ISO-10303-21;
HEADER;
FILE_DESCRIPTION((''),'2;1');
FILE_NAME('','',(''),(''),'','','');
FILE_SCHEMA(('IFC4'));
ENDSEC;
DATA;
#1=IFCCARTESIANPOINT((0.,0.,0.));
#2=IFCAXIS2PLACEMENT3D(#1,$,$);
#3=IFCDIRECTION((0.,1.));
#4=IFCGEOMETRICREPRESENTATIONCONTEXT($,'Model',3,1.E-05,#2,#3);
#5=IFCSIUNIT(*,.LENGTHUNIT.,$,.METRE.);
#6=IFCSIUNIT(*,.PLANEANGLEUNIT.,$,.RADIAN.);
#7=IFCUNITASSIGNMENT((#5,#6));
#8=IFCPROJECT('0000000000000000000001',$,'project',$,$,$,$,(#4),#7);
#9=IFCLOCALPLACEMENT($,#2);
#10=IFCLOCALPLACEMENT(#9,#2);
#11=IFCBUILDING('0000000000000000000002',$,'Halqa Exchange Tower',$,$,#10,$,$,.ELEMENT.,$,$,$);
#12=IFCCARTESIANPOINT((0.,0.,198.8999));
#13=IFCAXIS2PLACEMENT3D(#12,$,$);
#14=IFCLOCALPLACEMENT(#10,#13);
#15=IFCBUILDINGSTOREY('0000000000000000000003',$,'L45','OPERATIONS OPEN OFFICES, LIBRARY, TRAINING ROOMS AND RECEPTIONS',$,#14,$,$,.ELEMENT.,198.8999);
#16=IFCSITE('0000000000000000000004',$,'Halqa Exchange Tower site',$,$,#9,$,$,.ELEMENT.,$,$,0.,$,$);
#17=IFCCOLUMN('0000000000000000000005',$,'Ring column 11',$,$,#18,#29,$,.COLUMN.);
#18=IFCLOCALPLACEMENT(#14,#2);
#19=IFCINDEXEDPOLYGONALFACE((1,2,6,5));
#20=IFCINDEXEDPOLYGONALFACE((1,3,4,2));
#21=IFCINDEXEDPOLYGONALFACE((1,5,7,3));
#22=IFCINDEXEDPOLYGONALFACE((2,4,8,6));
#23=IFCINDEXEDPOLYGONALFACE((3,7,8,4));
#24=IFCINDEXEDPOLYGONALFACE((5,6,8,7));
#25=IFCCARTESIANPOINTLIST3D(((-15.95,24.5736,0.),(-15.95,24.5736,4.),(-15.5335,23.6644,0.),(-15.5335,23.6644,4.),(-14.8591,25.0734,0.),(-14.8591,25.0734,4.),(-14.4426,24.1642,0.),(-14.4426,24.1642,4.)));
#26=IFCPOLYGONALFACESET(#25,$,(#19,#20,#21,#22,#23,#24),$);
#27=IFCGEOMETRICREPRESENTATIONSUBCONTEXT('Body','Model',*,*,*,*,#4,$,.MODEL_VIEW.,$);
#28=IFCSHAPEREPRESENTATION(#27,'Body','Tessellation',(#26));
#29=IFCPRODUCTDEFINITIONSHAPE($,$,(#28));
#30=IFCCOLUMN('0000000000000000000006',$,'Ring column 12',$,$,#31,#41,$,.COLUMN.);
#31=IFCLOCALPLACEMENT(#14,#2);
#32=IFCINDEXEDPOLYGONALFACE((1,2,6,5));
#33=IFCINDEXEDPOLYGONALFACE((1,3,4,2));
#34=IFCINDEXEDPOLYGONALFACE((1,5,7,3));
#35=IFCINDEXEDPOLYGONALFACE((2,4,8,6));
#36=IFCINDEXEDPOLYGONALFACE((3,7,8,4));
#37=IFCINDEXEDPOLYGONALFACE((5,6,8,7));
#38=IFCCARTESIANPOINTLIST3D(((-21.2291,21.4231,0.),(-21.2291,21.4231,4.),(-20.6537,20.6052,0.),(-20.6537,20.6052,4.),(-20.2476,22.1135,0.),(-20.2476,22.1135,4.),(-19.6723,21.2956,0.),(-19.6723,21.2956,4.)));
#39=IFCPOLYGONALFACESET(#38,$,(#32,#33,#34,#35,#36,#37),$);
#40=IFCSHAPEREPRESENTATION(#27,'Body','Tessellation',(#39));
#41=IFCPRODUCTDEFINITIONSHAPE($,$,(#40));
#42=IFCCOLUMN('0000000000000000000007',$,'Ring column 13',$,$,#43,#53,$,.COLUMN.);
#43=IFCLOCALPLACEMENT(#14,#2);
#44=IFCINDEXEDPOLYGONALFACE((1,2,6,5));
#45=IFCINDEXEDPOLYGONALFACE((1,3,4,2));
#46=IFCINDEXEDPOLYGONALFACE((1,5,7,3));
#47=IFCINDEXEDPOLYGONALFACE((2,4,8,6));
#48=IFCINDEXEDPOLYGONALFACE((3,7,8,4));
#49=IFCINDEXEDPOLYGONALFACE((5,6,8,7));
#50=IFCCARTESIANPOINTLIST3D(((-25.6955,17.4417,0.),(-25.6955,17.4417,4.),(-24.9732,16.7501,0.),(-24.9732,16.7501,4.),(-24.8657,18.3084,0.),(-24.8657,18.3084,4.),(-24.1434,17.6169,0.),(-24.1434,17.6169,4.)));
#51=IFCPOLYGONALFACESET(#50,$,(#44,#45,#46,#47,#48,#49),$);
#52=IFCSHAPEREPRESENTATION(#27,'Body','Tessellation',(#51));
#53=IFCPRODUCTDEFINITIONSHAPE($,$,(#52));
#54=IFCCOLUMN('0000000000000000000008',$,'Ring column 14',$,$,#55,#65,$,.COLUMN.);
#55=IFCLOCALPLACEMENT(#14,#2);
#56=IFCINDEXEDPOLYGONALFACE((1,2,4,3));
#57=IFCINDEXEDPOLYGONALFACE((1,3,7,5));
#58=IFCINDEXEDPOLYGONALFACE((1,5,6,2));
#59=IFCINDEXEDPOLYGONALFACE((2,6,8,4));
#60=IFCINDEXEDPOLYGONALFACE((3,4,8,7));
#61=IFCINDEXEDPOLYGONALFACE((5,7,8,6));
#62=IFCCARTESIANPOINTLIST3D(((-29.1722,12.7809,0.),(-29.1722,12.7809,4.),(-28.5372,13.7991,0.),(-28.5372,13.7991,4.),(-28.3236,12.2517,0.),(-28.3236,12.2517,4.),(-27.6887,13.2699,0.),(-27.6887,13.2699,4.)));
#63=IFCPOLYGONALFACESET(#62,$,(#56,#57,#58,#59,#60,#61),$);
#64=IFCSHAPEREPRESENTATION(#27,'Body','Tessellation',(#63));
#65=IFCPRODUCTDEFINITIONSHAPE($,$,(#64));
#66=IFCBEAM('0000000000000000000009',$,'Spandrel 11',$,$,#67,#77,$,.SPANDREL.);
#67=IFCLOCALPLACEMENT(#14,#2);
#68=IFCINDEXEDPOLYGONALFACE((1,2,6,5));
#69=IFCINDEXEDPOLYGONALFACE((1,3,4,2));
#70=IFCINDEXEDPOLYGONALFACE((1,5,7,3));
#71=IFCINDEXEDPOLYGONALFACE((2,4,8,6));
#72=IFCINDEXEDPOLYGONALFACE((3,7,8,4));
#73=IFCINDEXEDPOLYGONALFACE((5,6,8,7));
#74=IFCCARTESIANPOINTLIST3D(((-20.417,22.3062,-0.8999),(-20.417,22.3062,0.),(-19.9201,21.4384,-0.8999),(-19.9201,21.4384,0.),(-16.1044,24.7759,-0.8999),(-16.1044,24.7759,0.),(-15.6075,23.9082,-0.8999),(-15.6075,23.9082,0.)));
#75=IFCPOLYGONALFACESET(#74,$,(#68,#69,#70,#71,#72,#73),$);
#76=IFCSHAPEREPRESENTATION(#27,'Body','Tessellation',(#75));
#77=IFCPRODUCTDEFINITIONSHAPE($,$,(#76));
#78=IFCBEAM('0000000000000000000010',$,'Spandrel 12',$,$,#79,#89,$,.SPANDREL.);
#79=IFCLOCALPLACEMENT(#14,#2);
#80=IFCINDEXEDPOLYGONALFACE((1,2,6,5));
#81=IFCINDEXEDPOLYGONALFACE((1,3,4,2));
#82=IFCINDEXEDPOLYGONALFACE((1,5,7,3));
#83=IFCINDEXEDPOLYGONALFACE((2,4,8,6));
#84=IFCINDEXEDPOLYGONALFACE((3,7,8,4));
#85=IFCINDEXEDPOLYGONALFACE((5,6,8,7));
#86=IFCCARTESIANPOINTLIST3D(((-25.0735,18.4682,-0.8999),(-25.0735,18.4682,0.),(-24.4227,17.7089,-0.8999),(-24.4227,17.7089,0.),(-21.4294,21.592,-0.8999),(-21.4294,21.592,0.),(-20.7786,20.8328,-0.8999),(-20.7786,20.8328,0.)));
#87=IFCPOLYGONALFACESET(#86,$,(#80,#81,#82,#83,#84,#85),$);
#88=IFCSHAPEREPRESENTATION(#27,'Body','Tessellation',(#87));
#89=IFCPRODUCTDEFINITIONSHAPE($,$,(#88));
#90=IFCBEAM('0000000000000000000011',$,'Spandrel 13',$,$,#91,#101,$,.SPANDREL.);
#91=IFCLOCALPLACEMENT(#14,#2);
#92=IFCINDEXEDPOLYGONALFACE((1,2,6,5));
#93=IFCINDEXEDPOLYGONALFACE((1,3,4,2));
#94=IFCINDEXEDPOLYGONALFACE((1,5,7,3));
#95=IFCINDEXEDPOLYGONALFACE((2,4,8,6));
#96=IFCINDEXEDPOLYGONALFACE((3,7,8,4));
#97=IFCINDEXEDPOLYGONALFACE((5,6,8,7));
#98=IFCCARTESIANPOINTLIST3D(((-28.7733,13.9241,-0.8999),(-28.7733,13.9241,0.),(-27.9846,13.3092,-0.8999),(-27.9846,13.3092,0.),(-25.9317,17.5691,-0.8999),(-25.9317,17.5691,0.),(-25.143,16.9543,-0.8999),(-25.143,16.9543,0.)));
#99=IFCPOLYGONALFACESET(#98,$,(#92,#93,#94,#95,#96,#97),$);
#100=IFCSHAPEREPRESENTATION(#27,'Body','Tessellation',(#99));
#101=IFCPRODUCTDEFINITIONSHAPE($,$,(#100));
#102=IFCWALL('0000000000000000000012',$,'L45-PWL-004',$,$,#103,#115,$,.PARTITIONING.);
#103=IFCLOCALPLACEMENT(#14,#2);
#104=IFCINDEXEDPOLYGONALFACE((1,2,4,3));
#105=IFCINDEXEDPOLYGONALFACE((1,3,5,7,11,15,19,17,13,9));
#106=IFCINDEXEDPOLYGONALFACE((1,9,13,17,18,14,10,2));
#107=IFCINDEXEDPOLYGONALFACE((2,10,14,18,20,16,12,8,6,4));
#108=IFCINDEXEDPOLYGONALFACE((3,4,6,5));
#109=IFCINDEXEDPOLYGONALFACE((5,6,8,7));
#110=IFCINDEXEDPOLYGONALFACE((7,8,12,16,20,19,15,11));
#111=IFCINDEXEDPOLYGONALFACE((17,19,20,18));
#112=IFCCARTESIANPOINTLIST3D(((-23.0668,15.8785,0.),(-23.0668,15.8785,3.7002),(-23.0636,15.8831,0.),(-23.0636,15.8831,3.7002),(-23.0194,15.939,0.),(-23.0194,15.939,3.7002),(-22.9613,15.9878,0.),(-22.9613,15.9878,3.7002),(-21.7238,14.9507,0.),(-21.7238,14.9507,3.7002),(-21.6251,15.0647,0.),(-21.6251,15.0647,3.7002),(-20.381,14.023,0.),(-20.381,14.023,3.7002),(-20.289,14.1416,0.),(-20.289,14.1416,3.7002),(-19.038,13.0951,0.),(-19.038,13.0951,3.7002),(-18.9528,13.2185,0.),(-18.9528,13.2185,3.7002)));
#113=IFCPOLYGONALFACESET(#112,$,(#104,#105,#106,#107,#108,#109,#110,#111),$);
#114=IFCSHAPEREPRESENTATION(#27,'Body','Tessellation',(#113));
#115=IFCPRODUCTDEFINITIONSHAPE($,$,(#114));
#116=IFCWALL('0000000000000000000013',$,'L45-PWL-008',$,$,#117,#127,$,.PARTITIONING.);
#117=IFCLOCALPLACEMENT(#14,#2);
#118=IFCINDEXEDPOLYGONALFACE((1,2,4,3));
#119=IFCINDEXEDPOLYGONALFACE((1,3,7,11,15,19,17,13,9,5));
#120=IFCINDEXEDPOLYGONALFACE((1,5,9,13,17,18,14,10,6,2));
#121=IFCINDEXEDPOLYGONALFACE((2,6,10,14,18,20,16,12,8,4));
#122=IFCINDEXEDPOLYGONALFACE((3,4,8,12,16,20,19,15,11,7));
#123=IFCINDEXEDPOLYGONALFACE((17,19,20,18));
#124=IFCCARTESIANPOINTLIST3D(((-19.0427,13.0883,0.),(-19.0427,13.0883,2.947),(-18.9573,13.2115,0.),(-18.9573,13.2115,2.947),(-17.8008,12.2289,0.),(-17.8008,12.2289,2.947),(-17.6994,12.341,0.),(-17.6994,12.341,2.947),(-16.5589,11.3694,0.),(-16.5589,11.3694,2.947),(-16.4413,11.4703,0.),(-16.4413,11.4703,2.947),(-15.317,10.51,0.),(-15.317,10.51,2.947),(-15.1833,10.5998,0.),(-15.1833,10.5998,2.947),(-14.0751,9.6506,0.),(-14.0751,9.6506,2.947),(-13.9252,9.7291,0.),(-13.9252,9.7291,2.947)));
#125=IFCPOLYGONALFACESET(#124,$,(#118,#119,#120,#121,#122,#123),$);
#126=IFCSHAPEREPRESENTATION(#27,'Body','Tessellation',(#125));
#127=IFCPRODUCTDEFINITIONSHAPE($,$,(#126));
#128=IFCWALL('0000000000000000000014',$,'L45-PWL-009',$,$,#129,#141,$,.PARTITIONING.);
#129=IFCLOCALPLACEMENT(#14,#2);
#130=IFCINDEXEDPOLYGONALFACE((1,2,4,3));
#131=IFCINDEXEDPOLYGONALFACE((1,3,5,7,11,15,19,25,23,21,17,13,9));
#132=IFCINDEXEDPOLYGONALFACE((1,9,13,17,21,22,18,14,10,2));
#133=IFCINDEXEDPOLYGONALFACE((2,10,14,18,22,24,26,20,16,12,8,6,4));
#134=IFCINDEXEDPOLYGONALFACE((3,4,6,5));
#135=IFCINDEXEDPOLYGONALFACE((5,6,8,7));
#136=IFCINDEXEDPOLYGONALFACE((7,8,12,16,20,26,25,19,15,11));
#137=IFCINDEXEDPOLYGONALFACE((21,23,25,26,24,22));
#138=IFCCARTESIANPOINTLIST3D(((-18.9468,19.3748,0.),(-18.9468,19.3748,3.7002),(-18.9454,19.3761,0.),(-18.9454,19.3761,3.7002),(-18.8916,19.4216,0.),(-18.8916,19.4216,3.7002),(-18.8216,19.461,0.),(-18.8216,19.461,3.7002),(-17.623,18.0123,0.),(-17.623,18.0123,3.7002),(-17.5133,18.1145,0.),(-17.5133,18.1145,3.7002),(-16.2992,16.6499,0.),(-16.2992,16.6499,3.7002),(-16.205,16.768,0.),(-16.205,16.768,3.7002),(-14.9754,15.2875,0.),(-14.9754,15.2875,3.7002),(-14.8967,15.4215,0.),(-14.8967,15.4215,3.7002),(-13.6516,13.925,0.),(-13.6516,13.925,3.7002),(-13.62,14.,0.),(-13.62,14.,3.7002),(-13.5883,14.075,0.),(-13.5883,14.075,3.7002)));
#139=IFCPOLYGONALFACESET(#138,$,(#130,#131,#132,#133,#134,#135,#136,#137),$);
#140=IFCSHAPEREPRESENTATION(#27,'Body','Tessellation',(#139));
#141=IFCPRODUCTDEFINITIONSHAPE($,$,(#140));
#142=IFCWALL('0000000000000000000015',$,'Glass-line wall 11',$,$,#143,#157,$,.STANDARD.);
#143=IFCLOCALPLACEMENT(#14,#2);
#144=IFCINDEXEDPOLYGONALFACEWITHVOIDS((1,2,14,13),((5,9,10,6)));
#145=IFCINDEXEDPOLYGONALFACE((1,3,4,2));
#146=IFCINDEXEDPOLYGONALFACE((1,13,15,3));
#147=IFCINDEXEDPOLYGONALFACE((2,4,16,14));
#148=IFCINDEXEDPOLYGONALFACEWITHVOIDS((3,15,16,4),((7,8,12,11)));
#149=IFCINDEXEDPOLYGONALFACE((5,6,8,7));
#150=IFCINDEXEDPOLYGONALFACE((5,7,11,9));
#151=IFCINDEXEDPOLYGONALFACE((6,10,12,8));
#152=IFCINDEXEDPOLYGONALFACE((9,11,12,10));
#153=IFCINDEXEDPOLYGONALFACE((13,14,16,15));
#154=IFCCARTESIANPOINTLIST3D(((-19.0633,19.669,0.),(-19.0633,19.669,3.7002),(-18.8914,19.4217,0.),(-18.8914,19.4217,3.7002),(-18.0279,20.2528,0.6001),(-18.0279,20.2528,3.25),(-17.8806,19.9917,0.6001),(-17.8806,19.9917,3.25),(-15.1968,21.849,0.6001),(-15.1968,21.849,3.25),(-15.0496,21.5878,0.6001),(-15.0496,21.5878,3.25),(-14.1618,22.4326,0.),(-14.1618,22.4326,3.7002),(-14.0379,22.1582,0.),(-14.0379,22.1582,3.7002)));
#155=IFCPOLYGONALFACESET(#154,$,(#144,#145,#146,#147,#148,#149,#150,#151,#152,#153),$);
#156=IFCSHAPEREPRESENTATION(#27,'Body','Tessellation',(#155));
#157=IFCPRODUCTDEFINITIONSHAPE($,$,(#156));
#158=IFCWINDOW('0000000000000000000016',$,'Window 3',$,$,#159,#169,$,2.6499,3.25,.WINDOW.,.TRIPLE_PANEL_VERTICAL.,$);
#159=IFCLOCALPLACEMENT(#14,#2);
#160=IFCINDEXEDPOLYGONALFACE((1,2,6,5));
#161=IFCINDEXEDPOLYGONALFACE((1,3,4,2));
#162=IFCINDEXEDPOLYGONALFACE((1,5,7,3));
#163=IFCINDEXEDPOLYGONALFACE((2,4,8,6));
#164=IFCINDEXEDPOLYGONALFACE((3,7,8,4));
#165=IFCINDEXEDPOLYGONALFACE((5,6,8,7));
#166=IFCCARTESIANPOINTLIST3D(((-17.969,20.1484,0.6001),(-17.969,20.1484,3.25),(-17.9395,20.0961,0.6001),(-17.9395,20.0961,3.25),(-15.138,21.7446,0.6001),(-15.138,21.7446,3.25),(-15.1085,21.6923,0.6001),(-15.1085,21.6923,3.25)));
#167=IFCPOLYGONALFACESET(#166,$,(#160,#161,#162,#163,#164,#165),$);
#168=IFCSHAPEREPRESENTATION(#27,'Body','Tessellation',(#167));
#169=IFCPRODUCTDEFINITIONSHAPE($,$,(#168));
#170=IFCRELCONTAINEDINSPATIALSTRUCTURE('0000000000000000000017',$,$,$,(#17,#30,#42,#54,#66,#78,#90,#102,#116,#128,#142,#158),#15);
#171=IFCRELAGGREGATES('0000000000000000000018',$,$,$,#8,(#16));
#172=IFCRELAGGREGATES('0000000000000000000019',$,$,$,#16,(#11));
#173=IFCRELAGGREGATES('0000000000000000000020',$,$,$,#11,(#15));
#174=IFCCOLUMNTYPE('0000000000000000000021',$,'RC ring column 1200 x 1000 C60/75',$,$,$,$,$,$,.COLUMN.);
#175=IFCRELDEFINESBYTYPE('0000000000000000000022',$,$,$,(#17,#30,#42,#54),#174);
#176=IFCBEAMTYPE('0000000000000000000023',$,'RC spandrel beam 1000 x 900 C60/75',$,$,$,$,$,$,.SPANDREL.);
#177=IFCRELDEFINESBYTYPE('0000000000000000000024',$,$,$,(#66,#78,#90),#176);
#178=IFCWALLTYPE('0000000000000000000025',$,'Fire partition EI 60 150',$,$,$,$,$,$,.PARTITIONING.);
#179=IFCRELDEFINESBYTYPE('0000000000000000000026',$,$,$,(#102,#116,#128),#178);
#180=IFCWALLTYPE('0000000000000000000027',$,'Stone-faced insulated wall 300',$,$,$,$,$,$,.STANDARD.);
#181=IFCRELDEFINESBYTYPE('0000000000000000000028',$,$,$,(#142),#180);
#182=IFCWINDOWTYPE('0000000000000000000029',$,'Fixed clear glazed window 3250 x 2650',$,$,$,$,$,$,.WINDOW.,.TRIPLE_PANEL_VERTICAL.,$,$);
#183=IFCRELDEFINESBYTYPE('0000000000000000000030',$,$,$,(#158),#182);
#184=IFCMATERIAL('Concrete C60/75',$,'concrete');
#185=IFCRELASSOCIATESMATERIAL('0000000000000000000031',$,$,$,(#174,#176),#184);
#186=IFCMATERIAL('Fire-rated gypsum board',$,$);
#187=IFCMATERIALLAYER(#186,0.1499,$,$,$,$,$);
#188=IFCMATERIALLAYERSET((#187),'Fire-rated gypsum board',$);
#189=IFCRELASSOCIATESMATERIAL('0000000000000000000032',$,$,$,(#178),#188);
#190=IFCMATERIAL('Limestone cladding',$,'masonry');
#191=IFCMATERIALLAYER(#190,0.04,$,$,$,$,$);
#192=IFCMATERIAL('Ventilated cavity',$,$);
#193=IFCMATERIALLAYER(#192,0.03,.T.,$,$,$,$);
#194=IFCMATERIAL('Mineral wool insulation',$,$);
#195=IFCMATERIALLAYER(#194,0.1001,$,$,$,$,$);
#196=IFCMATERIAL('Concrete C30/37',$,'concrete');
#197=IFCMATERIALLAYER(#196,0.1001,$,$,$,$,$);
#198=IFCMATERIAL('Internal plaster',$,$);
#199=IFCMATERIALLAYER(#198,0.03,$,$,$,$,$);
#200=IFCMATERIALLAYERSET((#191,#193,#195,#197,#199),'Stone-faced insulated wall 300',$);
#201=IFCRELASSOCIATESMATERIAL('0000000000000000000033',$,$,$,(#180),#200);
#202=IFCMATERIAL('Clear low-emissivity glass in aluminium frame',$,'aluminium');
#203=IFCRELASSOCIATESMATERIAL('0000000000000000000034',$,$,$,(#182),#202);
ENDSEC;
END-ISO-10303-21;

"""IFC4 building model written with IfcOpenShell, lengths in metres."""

from ifc_helpers import new_model, si_unit, direction, frame, frame_2d, origin, origin_2d, place, context, subcontext, project, spatial, polyline, rectangle, outline, extrude, material, layer, layer_set, material_profile, profile_set, type_object, element, fill, save


model = new_model("IFC4")

# Units and contexts
model_context = context("Model", 3, precision=1e-05, world=origin(), true_north=direction((0.0, 1.0)))
body_context = subcontext(model_context, "Body", "Model", "MODEL_VIEW")
ifc_project = project(units=[si_unit("LENGTHUNIT", "METRE"), si_unit("PLANEANGLEUNIT", "RADIAN")], contexts=[model_context])

# Site, building, storey
site_placement = place(None, origin())
site = spatial("IfcSite", under=ifc_project, at=site_placement, Name="Halqa Exchange Tower site", CompositionType="ELEMENT", RefElevation=0.0)
building_placement = place(site_placement, origin())
building = spatial("IfcBuilding", under=site, at=building_placement, Name="Halqa Exchange Tower", CompositionType="ELEMENT")
storey_placement = place(building_placement, frame((0.0, 0.0, 198.8999)))
storey = spatial("IfcBuildingStorey", under=building, at=storey_placement, Name="L45", Description="OPERATIONS OPEN OFFICES, LIBRARY, TRAINING ROOMS AND RECEPTIONS", CompositionType="ELEMENT", Elevation=198.8999)

# Columns
ifc_material_1 = material(Name="Concrete C60/75", Category="concrete")
ifc_material_profile_1 = material_profile(ifc_material_1, rectangle(XDim=1.2, YDim=1.0, at=origin_2d()), Name="1200 x 1000")
ifc_profile_set_1 = profile_set([ifc_material_profile_1], Name="Concrete C60/75")
column_type = type_object("IfcColumnType", Name="RC ring column 1200 x 1000 C60/75", PredefinedType="COLUMN", material=ifc_profile_set_1)
for number, where, z_axis, x_axis, name in (
    (1, (-15.1963, 24.3689, 0.0), (0.0, 0.0, 1.0), (-0.909126, -0.41652, 0.0), "Ring column 11"),
    (2, (-20.4507, 21.3594, 0.0), (0.0, 0.0, 1.0), (-0.817909, -0.575348, 0.0), "Ring column 12"),
    (3, (-24.9194, 17.5293, 0.0), (0.0, 0.0, 1.0), (-0.691577, -0.722302, 0.0), "Ring column 13"),
    (4, (-28.4304, 13.0254, 0.0), (0.0, 0.0, 1.0), (-0.529143, -0.848532, 0.0), "Ring column 14"),
):
    element("IfcColumn", number, at=place(storey_placement, frame(where, z_axis=z_axis, x_axis=x_axis)), inside=storey, type_object=column_type, Name=name, PredefinedType="COLUMN", context=body_context, shape_type="SweptSolid", body=[
        extrude(rectangle(XDim=1.2, YDim=1.0, at=origin_2d()), origin(), (0.0, 0.0, 1.0), 4.0),
    ])

# Beams
ifc_material_profile_2 = material_profile(ifc_material_1, rectangle(XDim=1.0, YDim=0.8999, at=origin_2d()), Name="1000 x 900")
ifc_profile_set_2 = profile_set([ifc_material_profile_2], Name="Concrete C60/75")
beam_type = type_object("IfcBeamType", Name="RC spandrel beam 1000 x 900 C60/75", PredefinedType="SPANDREL", material=ifc_profile_set_2)
beam_1_placement = place(storey_placement, frame((-15.856, 24.342, -0.45), z_axis=(-0.867771, -0.496964, 0.0), x_axis=(0.496964, -0.867771, 0.0)))
element("IfcBeam", 5, at=beam_1_placement, inside=storey, type_object=beam_type, Name="Spandrel 11", PredefinedType="SPANDREL", context=body_context, shape_type="SweptSolid", body=[
    extrude(rectangle(XDim=1.0, YDim=0.8999, at=origin_2d()), origin(), (0.0, 0.0, 1.0), 4.9697),
])
beam_2_placement = place(storey_placement, frame((-21.104, 21.2124, -0.45), z_axis=(-0.759224, -0.650829, 0.0), x_axis=(0.650829, -0.759224, 0.0)))
element("IfcBeam", 6, at=beam_2_placement, inside=storey, type_object=beam_type, Name="Spandrel 12", PredefinedType="SPANDREL", context=body_context, shape_type="SweptSolid", body=[
    extrude(rectangle(XDim=1.0, YDim=0.8999, at=origin_2d()), origin(), (0.0, 0.0, 1.0), 4.7998),
])
beam_3_placement = place(storey_placement, frame((-25.5374, 17.2617, -0.45), z_axis=(-0.614822, -0.788666, 0.0), x_axis=(0.788666, -0.614822, 0.0)))
element("IfcBeam", 7, at=beam_3_placement, inside=storey, type_object=beam_type, Name="Spandrel 13", PredefinedType="SPANDREL", context=body_context, shape_type="SweptSolid", body=[
    extrude(rectangle(XDim=1.0, YDim=0.8999, at=origin_2d()), origin(), (0.0, 0.0, 1.0), 4.6218),
])

# Walls
ifc_material_2 = material(Name="Fire-rated gypsum board")
ifc_layer_1 = layer(ifc_material_2, 0.1499)
ifc_layer_set_1 = layer_set([ifc_layer_1], Name="Fire-rated gypsum board")
wall_type_1 = type_object("IfcWallType", Name="Fire partition EI 60 150", PredefinedType="PARTITIONING", material=ifc_layer_set_1)
wall_1_placement = place(storey_placement, frame((-23.0242, 15.9402, 0.0), z_axis=(0.0, 0.0, 1.0), x_axis=(0.822739, -0.568419, 0.0)))
element("IfcWall", 8, at=wall_1_placement, inside=storey, type_object=wall_type_1, Name="L45-PWL-004", PredefinedType="PARTITIONING", context=body_context, shape_type="SweptSolid", body=[
    extrude(outline(polyline([(4.8967, 0.075), (3.2727, 0.075), (1.6487, 0.075), (0.0247, 0.075), (0.0046, 0.0017), (0.0, -0.0693), (0.0, -0.075), (1.6323, -0.075), (3.2644, -0.075), (4.8967, -0.075), (4.8967, 0.075)])), origin(), (0.0, 0.0, 1.0), 3.7002),
])
wall_2_placement = place(storey_placement, frame((-19.0, 13.1499, 0.0), z_axis=(0.0, 0.0, 1.0), x_axis=(0.822301, -0.569052, 0.0)))
element("IfcWall", 9, at=wall_2_placement, inside=storey, type_object=wall_type_1, Name="L45-PWL-008", PredefinedType="PARTITIONING", context=body_context, shape_type="SweptSolid", body=[
    extrude(outline(polyline([(0.0, -0.075), (1.5103, -0.075), (3.0205, -0.075), (4.5308, -0.075), (6.041, -0.075), (6.1196, 0.075), (4.5896, 0.075), (3.0598, 0.075), (1.5298, 0.075), (0.0, 0.075), (0.0, -0.075)])), origin(), (0.0, 0.0, 1.0), 2.947),
])
wall_3_placement = place(storey_placement, frame((-18.8931, 19.427, 0.0), z_axis=(0.0, 0.0, 1.0), x_axis=(0.696865, -0.717203, 0.0)))
element("IfcWall", 10, at=wall_3_placement, inside=storey, type_object=wall_type_1, Name="L45-PWL-009", PredefinedType="PARTITIONING", context=body_context, shape_type="SweptSolid", body=[
    extrude(outline(polyline([(0.0, -0.075), (1.8997, -0.075), (3.7993, -0.075), (5.699, -0.075), (7.5986, -0.075), (7.5669, 0.0), (7.5352, 0.075), (5.6577, 0.075), (3.7803, 0.075), (1.9028, 0.075), (0.0254, 0.075), (0.0049, -0.0027), (0.0, -0.073), (0.0, -0.075)])), origin(), (0.0, 0.0, 1.0), 3.7002),
])

# Wall, opening, window
ifc_material_3 = material(Name="Limestone cladding", Category="masonry")
ifc_layer_2 = layer(ifc_material_3, 0.04)
ifc_material_4 = material(Name="Ventilated cavity")
ifc_layer_3 = layer(ifc_material_4, 0.03, ventilated=True)
ifc_material_5 = material(Name="Mineral wool insulation")
ifc_layer_4 = layer(ifc_material_5, 0.1001)
ifc_material_6 = material(Name="Concrete C30/37", Category="concrete")
ifc_layer_5 = layer(ifc_material_6, 0.1001)
ifc_material_7 = material(Name="Internal plaster")
ifc_layer_6 = layer(ifc_material_7, 0.03)
ifc_layer_set_2 = layer_set([ifc_layer_2, ifc_layer_3, ifc_layer_4, ifc_layer_5, ifc_layer_6], Name="Stone-faced insulated wall 300")
wall_type_2 = type_object("IfcWallType", Name="Stone-faced insulated wall 300", PredefinedType="STANDARD", material=ifc_layer_set_2)
wall_4_placement = place(storey_placement, frame((-14.0999, 22.2954, 0.0), z_axis=(0.0, 0.0, 1.0), x_axis=(-0.871084, -0.491135, 0.0)))
wall_4 = element("IfcWall", 11, at=wall_4_placement, inside=storey, type_object=wall_type_2, Name="Glass-line wall 11", PredefinedType="STANDARD", context=body_context, shape_type="SweptSolid", body=[
    extrude(outline(polyline([(-0.0134, -0.1499), (5.6135, -0.1499), (5.5852, 0.1499), (0.0134, 0.1499), (-0.0134, -0.1499)])), origin(), (0.0, 0.0, 1.0), 3.7002),
])
opening_1_placement = place(wall_4_placement, frame((1.1748, 0.0, 0.6001)))
opening_1 = element("IfcOpeningElement", 12, at=opening_1_placement, cuts=wall_4, PredefinedType="OPENING", context=body_context, shape_type="SweptSolid", body=[
    extrude(rectangle(XDim=3.25, YDim=2.6499, at=frame_2d((1.625, 1.325))), frame((0.0, 0.1621, 0.0), z_axis=(0.0, -1.0, 0.0), x_axis=(1.0, 0.0, 0.0)), (0.0, 0.0, 1.0), 0.324),
])
ifc_material_8 = material(Name="Clear low-emissivity glass in aluminium frame", Category="aluminium")
window_type = type_object("IfcWindowType", Name="Fixed clear glazed window 3250 x 2650", PartitioningType="TRIPLE_PANEL_VERTICAL", PredefinedType="WINDOW", material=ifc_material_8)
window_1_placement = place(opening_1_placement, origin())
window_1 = element("IfcWindow", 13, at=window_1_placement, inside=storey, type_object=window_type, Name="Window 3", OverallHeight=2.6499, OverallWidth=3.25, PartitioningType="TRIPLE_PANEL_VERTICAL", PredefinedType="WINDOW", context=body_context, shape_type="SweptSolid", body=[
    extrude(rectangle(XDim=3.25, YDim=2.6499, at=frame_2d((1.625, 1.325))), frame((0.0, 0.03, 0.0), z_axis=(0.0, -1.0, 0.0), x_axis=(1.0, 0.0, 0.0)), (0.0, 0.0, 1.0), 0.0601),
])
fill(opening_1, window_1)

save(model, "model.ifc")
